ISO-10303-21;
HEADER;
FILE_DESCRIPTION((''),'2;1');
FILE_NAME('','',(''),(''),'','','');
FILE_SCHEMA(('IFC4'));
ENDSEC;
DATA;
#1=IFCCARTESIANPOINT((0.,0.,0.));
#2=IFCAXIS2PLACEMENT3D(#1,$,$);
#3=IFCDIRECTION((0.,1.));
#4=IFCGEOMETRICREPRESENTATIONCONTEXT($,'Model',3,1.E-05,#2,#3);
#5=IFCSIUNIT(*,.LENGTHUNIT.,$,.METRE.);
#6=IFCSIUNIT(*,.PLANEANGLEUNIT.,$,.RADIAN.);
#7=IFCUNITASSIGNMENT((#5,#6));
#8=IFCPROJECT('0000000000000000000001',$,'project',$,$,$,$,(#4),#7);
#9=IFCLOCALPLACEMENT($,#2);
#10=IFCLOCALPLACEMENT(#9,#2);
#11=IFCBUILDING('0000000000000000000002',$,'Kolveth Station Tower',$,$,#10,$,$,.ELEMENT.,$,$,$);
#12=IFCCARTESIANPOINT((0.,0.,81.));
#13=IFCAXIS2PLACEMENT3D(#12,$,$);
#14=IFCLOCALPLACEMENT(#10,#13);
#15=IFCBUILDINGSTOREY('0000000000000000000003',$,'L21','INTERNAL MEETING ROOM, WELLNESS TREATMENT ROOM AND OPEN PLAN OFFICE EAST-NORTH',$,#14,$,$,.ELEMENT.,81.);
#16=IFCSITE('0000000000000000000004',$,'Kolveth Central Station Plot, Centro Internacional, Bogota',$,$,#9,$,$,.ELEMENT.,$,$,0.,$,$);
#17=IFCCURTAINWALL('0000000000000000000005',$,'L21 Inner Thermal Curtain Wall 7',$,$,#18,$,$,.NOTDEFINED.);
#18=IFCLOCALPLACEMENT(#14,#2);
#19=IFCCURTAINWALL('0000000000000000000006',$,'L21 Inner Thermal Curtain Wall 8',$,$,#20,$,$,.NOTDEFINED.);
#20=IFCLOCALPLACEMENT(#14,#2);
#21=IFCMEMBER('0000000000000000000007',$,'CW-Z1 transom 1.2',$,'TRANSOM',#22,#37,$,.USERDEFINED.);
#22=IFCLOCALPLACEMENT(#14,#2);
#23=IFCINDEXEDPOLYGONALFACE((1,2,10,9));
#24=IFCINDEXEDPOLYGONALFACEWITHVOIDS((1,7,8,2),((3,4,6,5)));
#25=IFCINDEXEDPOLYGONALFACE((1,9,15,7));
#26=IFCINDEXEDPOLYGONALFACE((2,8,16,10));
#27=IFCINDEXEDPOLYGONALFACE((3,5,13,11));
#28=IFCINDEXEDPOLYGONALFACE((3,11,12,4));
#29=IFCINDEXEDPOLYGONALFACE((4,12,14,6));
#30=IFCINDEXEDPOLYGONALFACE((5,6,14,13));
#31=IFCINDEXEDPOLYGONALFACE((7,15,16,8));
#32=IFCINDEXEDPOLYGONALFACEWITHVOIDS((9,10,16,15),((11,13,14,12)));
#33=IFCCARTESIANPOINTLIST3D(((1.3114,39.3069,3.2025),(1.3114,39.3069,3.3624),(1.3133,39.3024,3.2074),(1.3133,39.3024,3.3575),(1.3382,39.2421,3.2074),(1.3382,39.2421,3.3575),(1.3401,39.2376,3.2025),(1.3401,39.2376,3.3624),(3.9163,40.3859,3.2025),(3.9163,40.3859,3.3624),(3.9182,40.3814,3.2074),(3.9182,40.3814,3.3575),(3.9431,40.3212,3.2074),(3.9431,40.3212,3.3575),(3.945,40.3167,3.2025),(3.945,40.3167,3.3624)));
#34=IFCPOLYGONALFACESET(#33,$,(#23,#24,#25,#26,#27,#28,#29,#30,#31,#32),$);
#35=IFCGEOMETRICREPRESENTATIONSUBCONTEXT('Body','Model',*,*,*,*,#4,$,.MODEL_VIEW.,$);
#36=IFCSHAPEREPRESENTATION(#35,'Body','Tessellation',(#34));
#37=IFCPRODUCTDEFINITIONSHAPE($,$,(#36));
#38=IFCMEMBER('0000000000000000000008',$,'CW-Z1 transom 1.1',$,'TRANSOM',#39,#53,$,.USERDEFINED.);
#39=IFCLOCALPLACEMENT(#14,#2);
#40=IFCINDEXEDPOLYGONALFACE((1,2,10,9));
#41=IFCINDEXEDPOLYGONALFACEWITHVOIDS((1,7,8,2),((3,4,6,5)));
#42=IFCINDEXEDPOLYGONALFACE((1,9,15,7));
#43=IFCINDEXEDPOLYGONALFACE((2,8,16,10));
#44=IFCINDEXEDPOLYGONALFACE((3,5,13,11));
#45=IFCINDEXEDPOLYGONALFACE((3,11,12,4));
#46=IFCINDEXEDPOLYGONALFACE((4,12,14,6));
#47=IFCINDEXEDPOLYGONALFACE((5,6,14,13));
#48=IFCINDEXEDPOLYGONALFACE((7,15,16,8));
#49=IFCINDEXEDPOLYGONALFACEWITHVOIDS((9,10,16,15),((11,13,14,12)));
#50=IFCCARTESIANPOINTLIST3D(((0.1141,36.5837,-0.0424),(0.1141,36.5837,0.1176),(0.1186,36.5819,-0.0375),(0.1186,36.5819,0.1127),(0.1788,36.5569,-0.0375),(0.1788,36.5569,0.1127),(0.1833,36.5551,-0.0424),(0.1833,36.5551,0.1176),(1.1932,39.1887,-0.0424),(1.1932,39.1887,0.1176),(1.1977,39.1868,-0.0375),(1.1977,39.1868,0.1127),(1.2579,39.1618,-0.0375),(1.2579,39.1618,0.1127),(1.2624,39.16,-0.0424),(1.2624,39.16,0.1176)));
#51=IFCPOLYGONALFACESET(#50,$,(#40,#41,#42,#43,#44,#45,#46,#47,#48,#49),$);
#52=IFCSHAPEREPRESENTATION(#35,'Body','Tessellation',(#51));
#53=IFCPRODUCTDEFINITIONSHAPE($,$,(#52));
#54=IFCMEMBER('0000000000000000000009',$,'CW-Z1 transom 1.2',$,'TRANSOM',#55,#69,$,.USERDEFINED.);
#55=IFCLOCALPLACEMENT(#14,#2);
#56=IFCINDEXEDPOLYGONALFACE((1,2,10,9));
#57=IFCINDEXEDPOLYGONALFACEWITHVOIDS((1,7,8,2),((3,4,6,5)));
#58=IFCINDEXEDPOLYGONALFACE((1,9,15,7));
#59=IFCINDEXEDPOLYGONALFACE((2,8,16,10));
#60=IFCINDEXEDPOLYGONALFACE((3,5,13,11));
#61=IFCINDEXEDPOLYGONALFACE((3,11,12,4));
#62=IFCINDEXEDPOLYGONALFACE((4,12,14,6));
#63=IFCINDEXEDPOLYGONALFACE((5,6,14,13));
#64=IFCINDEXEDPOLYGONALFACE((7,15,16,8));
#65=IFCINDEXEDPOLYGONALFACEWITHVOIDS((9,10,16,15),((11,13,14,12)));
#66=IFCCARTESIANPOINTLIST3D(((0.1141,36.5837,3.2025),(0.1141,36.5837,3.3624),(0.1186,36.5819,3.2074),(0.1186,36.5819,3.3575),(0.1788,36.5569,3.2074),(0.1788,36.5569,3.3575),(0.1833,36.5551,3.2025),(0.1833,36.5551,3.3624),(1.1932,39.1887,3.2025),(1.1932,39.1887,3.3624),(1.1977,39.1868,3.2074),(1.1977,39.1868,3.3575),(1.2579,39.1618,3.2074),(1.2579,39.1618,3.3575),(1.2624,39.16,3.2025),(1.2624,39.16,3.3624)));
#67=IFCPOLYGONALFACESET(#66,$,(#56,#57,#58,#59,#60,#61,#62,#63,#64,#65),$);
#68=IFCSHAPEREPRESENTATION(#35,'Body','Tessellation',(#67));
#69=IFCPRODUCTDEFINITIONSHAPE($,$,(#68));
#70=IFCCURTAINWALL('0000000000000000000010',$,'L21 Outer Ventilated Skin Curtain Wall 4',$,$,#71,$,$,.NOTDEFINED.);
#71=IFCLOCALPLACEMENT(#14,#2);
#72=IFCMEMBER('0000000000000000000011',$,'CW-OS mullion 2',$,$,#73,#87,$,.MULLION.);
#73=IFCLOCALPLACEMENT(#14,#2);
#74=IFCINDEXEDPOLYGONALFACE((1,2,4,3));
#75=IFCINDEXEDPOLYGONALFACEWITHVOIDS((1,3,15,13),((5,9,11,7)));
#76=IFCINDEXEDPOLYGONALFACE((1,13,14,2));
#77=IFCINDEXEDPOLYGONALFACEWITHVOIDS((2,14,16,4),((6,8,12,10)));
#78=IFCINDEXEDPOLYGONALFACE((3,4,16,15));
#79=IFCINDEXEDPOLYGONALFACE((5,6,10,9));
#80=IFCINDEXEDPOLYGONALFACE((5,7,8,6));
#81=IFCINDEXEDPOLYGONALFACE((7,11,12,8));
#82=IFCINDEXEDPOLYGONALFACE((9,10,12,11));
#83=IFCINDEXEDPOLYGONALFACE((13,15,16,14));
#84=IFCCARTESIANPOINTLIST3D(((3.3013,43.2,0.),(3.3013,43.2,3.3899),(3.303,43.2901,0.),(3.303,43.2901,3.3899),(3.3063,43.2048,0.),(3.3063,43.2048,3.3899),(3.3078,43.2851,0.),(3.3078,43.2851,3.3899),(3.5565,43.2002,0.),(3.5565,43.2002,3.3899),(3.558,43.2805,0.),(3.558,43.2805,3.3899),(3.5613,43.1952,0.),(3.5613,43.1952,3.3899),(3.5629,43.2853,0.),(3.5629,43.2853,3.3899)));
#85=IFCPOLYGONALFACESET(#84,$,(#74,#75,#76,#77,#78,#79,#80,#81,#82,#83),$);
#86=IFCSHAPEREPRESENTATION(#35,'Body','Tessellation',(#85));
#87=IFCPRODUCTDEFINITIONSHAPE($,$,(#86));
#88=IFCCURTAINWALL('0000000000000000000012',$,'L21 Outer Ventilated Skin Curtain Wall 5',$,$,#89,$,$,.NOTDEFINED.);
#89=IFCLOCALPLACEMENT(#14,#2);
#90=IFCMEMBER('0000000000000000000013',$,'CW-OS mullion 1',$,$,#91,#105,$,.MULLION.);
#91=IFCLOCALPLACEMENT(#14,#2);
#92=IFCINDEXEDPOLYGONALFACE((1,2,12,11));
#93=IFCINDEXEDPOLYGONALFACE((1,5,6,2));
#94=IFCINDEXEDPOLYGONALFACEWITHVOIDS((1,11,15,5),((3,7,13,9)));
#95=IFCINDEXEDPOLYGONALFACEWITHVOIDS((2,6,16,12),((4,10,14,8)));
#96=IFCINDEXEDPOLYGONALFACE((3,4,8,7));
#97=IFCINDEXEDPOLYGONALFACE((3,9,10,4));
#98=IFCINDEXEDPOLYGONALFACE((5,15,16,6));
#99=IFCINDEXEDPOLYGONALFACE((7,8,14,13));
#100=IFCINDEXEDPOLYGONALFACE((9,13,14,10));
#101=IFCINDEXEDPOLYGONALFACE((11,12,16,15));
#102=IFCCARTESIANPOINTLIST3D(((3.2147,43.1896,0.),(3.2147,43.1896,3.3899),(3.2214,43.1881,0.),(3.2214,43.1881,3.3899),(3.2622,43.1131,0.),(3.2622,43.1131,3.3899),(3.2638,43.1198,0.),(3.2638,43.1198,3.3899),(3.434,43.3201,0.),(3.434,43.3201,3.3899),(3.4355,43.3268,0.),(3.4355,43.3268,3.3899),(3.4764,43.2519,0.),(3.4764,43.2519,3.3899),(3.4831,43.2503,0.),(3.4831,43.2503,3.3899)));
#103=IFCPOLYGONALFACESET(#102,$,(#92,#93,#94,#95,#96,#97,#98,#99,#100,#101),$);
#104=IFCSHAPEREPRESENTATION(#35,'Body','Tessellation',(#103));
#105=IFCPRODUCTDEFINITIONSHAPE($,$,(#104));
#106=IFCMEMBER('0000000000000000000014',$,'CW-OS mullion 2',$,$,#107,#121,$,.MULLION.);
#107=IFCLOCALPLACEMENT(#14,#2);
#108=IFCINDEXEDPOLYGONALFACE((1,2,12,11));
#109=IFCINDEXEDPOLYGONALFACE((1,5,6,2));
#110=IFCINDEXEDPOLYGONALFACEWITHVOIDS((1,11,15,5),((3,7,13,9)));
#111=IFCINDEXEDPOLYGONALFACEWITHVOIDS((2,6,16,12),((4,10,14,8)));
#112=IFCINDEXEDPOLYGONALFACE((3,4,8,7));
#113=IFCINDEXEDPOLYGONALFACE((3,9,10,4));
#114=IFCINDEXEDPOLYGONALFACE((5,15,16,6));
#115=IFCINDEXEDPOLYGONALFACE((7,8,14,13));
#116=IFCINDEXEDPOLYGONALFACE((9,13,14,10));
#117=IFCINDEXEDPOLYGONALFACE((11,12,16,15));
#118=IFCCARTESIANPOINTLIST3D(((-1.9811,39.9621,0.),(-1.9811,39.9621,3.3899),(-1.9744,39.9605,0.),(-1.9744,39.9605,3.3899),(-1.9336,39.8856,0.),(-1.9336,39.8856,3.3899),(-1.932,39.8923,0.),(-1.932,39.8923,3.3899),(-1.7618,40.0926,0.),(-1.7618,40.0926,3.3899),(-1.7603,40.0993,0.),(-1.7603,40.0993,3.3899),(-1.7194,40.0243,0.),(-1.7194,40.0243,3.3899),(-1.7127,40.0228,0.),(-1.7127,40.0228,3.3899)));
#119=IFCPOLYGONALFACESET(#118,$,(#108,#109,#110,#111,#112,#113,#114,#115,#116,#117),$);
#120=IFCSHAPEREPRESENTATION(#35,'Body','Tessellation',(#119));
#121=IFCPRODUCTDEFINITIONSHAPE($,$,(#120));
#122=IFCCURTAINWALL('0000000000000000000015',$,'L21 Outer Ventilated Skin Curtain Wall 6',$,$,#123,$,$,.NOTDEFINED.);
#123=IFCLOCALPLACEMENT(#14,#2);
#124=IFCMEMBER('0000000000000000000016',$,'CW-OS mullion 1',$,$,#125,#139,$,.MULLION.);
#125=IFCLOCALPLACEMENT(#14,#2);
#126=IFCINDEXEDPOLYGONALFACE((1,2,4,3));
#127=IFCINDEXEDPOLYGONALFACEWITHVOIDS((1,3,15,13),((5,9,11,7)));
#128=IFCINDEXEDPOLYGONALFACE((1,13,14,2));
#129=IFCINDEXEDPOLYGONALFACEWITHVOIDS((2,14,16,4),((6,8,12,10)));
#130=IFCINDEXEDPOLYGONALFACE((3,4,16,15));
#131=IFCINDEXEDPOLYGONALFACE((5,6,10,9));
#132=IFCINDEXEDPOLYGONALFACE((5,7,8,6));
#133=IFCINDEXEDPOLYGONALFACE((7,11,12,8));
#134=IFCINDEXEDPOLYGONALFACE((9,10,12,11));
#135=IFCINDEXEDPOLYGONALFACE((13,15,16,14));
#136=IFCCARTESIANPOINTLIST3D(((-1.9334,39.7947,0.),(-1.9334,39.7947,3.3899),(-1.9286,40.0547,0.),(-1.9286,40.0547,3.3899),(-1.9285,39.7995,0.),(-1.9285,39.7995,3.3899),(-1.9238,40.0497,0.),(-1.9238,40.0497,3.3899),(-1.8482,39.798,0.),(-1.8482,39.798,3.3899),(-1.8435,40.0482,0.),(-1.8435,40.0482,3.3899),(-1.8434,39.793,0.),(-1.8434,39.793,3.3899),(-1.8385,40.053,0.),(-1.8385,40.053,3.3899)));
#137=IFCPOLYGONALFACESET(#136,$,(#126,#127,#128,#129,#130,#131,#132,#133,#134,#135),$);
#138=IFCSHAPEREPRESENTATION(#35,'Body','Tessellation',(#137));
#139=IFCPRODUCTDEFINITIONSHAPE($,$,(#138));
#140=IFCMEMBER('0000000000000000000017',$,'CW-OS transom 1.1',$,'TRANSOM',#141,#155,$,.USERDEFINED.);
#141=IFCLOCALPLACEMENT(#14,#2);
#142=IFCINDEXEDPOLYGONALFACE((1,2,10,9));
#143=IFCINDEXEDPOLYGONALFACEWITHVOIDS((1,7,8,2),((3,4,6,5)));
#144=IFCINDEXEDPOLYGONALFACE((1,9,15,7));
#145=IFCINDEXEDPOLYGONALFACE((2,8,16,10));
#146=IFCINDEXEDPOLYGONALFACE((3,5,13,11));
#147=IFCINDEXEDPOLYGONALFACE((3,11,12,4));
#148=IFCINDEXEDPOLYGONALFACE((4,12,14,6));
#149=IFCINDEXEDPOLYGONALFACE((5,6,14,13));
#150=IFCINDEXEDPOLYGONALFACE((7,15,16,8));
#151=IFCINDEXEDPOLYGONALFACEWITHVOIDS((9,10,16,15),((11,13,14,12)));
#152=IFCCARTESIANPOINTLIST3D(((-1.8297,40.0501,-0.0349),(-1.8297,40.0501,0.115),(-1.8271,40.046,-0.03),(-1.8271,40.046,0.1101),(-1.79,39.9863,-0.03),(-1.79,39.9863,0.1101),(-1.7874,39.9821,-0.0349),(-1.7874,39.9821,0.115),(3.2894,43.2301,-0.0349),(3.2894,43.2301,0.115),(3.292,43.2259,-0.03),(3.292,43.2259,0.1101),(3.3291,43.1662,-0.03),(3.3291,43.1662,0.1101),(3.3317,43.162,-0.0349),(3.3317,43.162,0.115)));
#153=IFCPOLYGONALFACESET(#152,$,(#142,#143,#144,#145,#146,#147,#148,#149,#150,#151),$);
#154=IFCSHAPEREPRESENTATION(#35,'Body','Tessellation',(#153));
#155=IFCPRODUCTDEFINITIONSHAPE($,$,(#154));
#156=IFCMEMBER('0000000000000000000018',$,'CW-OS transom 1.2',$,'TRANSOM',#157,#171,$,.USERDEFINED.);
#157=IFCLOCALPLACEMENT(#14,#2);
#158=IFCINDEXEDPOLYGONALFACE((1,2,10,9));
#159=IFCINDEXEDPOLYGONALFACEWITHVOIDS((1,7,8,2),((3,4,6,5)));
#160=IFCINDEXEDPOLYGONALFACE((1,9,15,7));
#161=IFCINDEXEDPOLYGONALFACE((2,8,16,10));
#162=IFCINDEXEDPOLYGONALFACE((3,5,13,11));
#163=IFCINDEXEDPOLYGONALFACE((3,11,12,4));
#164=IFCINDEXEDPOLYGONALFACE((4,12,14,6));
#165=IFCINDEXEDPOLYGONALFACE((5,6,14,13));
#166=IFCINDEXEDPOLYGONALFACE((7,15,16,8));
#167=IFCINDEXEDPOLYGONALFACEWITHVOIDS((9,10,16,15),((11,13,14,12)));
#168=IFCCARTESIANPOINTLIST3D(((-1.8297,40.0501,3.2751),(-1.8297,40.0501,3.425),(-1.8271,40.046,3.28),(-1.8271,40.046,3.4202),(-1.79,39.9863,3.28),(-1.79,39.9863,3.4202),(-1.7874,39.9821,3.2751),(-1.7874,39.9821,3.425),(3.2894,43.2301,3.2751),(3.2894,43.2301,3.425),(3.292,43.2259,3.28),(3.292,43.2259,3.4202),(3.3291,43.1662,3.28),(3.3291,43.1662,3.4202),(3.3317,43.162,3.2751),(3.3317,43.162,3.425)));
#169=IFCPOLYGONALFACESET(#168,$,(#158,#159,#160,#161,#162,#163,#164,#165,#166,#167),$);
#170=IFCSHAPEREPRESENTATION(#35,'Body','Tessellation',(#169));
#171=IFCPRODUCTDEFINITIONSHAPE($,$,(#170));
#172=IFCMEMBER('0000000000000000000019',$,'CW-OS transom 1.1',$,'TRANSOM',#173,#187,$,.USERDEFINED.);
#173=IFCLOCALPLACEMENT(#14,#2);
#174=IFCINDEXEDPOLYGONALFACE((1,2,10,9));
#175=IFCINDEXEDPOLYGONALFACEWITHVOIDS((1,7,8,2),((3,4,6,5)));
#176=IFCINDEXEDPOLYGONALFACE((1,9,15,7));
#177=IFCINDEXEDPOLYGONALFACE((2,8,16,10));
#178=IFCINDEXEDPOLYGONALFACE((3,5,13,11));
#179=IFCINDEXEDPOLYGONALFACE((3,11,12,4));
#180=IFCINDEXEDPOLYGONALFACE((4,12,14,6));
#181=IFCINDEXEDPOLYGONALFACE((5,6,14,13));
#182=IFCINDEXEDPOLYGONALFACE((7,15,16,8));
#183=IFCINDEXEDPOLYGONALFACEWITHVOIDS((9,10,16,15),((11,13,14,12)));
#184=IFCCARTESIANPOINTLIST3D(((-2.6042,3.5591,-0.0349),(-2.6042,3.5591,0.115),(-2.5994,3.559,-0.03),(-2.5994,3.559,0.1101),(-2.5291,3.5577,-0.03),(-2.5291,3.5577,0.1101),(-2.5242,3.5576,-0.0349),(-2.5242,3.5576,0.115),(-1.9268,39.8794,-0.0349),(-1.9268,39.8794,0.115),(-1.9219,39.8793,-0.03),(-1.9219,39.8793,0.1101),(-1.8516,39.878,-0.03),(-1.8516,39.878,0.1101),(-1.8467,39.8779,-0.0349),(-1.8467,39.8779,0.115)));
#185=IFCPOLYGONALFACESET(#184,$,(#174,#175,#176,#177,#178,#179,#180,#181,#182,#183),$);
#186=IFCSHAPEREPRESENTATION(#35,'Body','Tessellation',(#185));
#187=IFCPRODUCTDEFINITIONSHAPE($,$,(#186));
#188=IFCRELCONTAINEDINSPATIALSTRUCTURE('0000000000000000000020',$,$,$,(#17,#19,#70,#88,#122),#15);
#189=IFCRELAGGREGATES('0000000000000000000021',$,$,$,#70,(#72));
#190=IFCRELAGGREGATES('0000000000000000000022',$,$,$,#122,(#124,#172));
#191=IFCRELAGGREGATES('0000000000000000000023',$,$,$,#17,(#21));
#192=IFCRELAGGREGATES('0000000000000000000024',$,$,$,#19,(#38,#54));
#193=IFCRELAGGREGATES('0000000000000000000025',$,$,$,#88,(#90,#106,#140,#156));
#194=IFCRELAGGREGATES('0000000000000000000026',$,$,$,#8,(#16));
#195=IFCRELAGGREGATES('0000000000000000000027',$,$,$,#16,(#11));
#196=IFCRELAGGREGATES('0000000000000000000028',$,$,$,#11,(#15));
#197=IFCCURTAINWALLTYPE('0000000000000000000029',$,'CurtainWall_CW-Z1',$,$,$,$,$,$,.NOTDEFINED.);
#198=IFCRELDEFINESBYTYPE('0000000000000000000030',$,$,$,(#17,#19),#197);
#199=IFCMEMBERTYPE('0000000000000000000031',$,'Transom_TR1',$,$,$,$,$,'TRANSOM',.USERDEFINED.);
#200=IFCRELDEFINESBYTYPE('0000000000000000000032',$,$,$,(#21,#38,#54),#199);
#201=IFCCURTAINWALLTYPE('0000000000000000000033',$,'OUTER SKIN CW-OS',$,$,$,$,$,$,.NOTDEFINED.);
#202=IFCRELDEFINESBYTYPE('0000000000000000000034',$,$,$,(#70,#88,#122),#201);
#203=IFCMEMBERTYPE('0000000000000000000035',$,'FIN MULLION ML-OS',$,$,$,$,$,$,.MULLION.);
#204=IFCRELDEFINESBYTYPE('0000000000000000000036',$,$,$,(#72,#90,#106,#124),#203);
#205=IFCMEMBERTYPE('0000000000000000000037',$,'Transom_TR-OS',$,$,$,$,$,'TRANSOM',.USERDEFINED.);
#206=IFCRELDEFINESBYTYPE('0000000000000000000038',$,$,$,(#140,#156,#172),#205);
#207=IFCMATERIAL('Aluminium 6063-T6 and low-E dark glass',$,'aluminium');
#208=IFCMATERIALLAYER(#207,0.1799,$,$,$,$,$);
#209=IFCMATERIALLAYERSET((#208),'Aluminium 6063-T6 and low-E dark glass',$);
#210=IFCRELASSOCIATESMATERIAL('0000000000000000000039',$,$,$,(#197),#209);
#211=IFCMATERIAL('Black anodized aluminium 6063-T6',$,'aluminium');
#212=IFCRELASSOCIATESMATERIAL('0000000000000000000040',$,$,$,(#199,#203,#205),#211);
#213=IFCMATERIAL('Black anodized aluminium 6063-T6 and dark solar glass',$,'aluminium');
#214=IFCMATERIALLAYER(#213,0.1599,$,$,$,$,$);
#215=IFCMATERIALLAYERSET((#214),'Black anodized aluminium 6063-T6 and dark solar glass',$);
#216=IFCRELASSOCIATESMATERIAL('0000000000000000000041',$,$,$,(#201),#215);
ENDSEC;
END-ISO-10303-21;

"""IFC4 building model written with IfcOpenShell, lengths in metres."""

from ifc_helpers import new_model, si_unit, direction, frame, origin, origin_2d, place, context, subcontext, project, spatial, hollow_rectangle, extrude, source, transform, mapped, material, layer, layer_set, material_profile, profile_set, type_object, element, aggregate, save


model = new_model("IFC4")

# Units and contexts
model_context = context("Model", 3, precision=1e-05, world=origin(), true_north=direction((0.0, 1.0)))
body_context = subcontext(model_context, "Body", "Model", "MODEL_VIEW")
ifc_project = project(units=[si_unit("LENGTHUNIT", "METRE"), si_unit("PLANEANGLEUNIT", "RADIAN")], contexts=[model_context])

# Site, building, storey
site_placement = place(None, origin())
site = spatial("IfcSite", under=ifc_project, at=site_placement, Name="Kolveth Central Station Plot, Centro Internacional, Bogota", CompositionType="ELEMENT", RefElevation=0.0)
building_placement = place(site_placement, origin())
building = spatial("IfcBuilding", under=site, at=building_placement, Name="Kolveth Station Tower", CompositionType="ELEMENT")
storey_placement = place(building_placement, frame((0.0, 0.0, 81.0)))
storey = spatial("IfcBuildingStorey", under=building, at=storey_placement, Name="L21", Description="INTERNAL MEETING ROOM, WELLNESS TREATMENT ROOM AND OPEN PLAN OFFICE EAST-NORTH", CompositionType="ELEMENT", Elevation=81.0)

# Shared definitions
ifc_material_1 = material(Name="Aluminium 6063-T6 and low-E dark glass", Category="aluminium")
ifc_layer_1 = layer(ifc_material_1, 0.1799)
ifc_layer_set_1 = layer_set([ifc_layer_1], Name="Aluminium 6063-T6 and low-E dark glass")
curtain_wall_type_1 = type_object("IfcCurtainWallType", Name="CurtainWall_CW-Z1", PredefinedType="NOTDEFINED", material=ifc_layer_set_1)
ifc_material_2 = material(Name="Black anodized aluminium 6063-T6", Category="aluminium")

# Curtain walls
curtain_wall_1_placement = place(storey_placement, origin())
curtain_wall_1 = element("IfcCurtainWall", 1, at=curtain_wall_1_placement, inside=storey, type_object=curtain_wall_type_1, Name="L21 Inner Thermal Curtain Wall 7", PredefinedType="NOTDEFINED")
curtain_wall_2_placement = place(storey_placement, origin())
curtain_wall_2 = element("IfcCurtainWall", 2, at=curtain_wall_2_placement, inside=storey, type_object=curtain_wall_type_1, Name="L21 Inner Thermal Curtain Wall 8", PredefinedType="NOTDEFINED")

# Members
ifc_material_profile_1 = material_profile(ifc_material_2, hollow_rectangle(XDim=0.075, YDim=0.1599, WallThickness=0.0049, at=origin_2d()), Name="ALU-75x160x5")
ifc_profile_set_1 = profile_set([ifc_material_profile_1], Name="Black anodized aluminium 6063-T6")
member_type_1 = type_object("IfcMemberType", Name="Transom_TR1", ElementType="TRANSOM", PredefinedType="USERDEFINED", material=ifc_profile_set_1)
shared_shape_1 = source(origin(), body_context, "Body", "SweptSolid", [
    extrude(hollow_rectangle(XDim=0.075, YDim=0.1599, WallThickness=0.0049, at=origin_2d()), origin(), (0.0, 0.0, 1.0), 2.8196),
])
member_1_placement = place(storey_placement, frame((3.9307, 40.3513, 3.2825), z_axis=(-0.923869, -0.382709, 0.0), x_axis=(0.382709, -0.923869, 0.0)))
member_1 = element("IfcMember", 3, at=member_1_placement, type_object=member_type_1, Name="CW-Z1 transom 1.2", ObjectType="TRANSOM", PredefinedType="USERDEFINED", context=body_context, shape_type="MappedRepresentation", body=[
    mapped(shared_shape_1, transform((0.0, 0.0, 0.0), x_axis=(1.0, 0.0, 0.0), y_axis=(0.0, 1.0, 0.0), z_axis=(0.0, 0.0, 1.0), scale=1.0)),
])
member_2_placement = place(storey_placement, frame((1.2278, 39.1743, 0.0376), z_axis=(-0.382709, -0.923869, 0.0), x_axis=(0.923869, -0.382709, 0.0)))
member_2 = element("IfcMember", 4, at=member_2_placement, type_object=member_type_1, Name="CW-Z1 transom 1.1", ObjectType="TRANSOM", PredefinedType="USERDEFINED", context=body_context, shape_type="MappedRepresentation", body=[
    mapped(shared_shape_1, transform((0.0, 0.0, 0.0), x_axis=(1.0, 0.0, 0.0), y_axis=(0.0, 1.0, 0.0), z_axis=(0.0, 0.0, 1.0), scale=1.0)),
])
member_3_placement = place(storey_placement, frame((1.2278, 39.1743, 3.2825), z_axis=(-0.382709, -0.923869, 0.0), x_axis=(0.923869, -0.382709, 0.0)))
member_3 = element("IfcMember", 5, at=member_3_placement, type_object=member_type_1, Name="CW-Z1 transom 1.2", ObjectType="TRANSOM", PredefinedType="USERDEFINED", context=body_context, shape_type="MappedRepresentation", body=[
    mapped(shared_shape_1, transform((0.0, 0.0, 0.0), x_axis=(1.0, 0.0, 0.0), y_axis=(0.0, 1.0, 0.0), z_axis=(0.0, 0.0, 1.0), scale=1.0)),
])

# Curtain wall, member
ifc_material_3 = material(Name="Black anodized aluminium 6063-T6 and dark solar glass", Category="aluminium")
ifc_layer_2 = layer(ifc_material_3, 0.1599)
ifc_layer_set_2 = layer_set([ifc_layer_2], Name="Black anodized aluminium 6063-T6 and dark solar glass")
curtain_wall_type_2 = type_object("IfcCurtainWallType", Name="OUTER SKIN CW-OS", PredefinedType="NOTDEFINED", material=ifc_layer_set_2)
curtain_wall_3_placement = place(storey_placement, origin())
curtain_wall_3 = element("IfcCurtainWall", 6, at=curtain_wall_3_placement, inside=storey, type_object=curtain_wall_type_2, Name="L21 Outer Ventilated Skin Curtain Wall 4", PredefinedType="NOTDEFINED")
ifc_material_profile_2 = material_profile(ifc_material_2, hollow_rectangle(XDim=0.0901, YDim=0.26, WallThickness=0.0049, at=origin_2d()), Name="ALU-90x260x5")
ifc_profile_set_2 = profile_set([ifc_material_profile_2], Name="Black anodized aluminium 6063-T6")
member_type_2 = type_object("IfcMemberType", Name="FIN MULLION ML-OS", PredefinedType="MULLION", material=ifc_profile_set_2)
shared_shape_2 = source(origin(), body_context, "Body", "SweptSolid", [
    extrude(hollow_rectangle(XDim=0.0901, YDim=0.26, WallThickness=0.0049, at=origin_2d()), origin(), (0.0, 0.0, 1.0), 3.3899),
])
member_4_placement = place(storey_placement, frame((3.4321, 43.2427, 0.0), z_axis=(0.0, 0.0, 1.0), x_axis=(-0.018429, -0.99983, 0.0)))
member_4 = element("IfcMember", 7, at=member_4_placement, type_object=member_type_2, Name="CW-OS mullion 2", PredefinedType="MULLION", context=body_context, shape_type="MappedRepresentation", body=[
    mapped(shared_shape_2, transform((0.0, 0.0, 0.0), x_axis=(1.0, 0.0, 0.0), y_axis=(0.0, 1.0, 0.0), z_axis=(0.0, 0.0, 1.0), scale=1.0)),
])
aggregate(curtain_wall_3, [member_4])

# Curtain wall, members
curtain_wall_4_placement = place(storey_placement, origin())
curtain_wall_4 = element("IfcCurtainWall", 8, at=curtain_wall_4_placement, inside=storey, type_object=curtain_wall_type_2, Name="L21 Outer Ventilated Skin Curtain Wall 5", PredefinedType="NOTDEFINED")
member_5_placement = place(storey_placement, frame((3.3489, 43.22, 0.0), z_axis=(0.0, 0.0, 1.0), x_axis=(0.527654, -0.84946, 0.0)))
member_5 = element("IfcMember", 9, at=member_5_placement, type_object=member_type_2, Name="CW-OS mullion 1", PredefinedType="MULLION", context=body_context, shape_type="MappedRepresentation", body=[
    mapped(shared_shape_2, transform((0.0, 0.0, 0.0), x_axis=(1.0, 0.0, 0.0), y_axis=(0.0, 1.0, 0.0), z_axis=(0.0, 0.0, 1.0), scale=1.0)),
])
member_6_placement = place(storey_placement, frame((-1.8469, 39.9924, 0.0), z_axis=(0.0, 0.0, 1.0), x_axis=(0.527654, -0.84946, 0.0)))
member_6 = element("IfcMember", 10, at=member_6_placement, type_object=member_type_2, Name="CW-OS mullion 2", PredefinedType="MULLION", context=body_context, shape_type="MappedRepresentation", body=[
    mapped(shared_shape_2, transform((0.0, 0.0, 0.0), x_axis=(1.0, 0.0, 0.0), y_axis=(0.0, 1.0, 0.0), z_axis=(0.0, 0.0, 1.0), scale=1.0)),
])

# Curtain wall, member
curtain_wall_5_placement = place(storey_placement, origin())
curtain_wall_5 = element("IfcCurtainWall", 11, at=curtain_wall_5_placement, inside=storey, type_object=curtain_wall_type_2, Name="L21 Outer Ventilated Skin Curtain Wall 6", PredefinedType="NOTDEFINED")
member_7_placement = place(storey_placement, frame((-1.886, 39.9238, 0.0), z_axis=(0.0, 0.0, 1.0), x_axis=(0.999826, -0.018651, 0.0)))
member_7 = element("IfcMember", 12, at=member_7_placement, type_object=member_type_2, Name="CW-OS mullion 1", PredefinedType="MULLION", context=body_context, shape_type="MappedRepresentation", body=[
    mapped(shared_shape_2, transform((0.0, 0.0, 0.0), x_axis=(1.0, 0.0, 0.0), y_axis=(0.0, 1.0, 0.0), z_axis=(0.0, 0.0, 1.0), scale=1.0)),
])

# Members
ifc_material_profile_3 = material_profile(ifc_material_2, hollow_rectangle(XDim=0.0801, YDim=0.1499, WallThickness=0.0049, at=origin_2d()), Name="ALU-80x150x5")
ifc_profile_set_3 = profile_set([ifc_material_profile_3], Name="Black anodized aluminium 6063-T6")
member_type_3 = type_object("IfcMemberType", Name="Transom_TR-OS", ElementType="TRANSOM", PredefinedType="USERDEFINED", material=ifc_profile_set_3)
shared_shape_3 = source(origin(), body_context, "Body", "SweptSolid", [
    extrude(hollow_rectangle(XDim=0.0801, YDim=0.1499, WallThickness=0.0049, at=origin_2d()), origin(), (0.0, 0.0, 1.0), 6.0264),
])
member_8_placement = place(storey_placement, frame((3.3105, 43.196, 0.04), z_axis=(-0.849452, -0.527666, 0.0), x_axis=(0.527666, -0.849452, 0.0)))
member_8 = element("IfcMember", 13, at=member_8_placement, type_object=member_type_3, Name="CW-OS transom 1.1", ObjectType="TRANSOM", PredefinedType="USERDEFINED", context=body_context, shape_type="MappedRepresentation", body=[
    mapped(shared_shape_3, transform((0.0, 0.0, 0.0), x_axis=(1.0, 0.0, 0.0), y_axis=(0.0, 1.0, 0.0), z_axis=(0.0, 0.0, 1.0), scale=1.0)),
])
member_9_placement = place(storey_placement, frame((3.3105, 43.196, 3.3501), z_axis=(-0.849452, -0.527666, 0.0), x_axis=(0.527666, -0.849452, 0.0)))
member_9 = element("IfcMember", 14, at=member_9_placement, type_object=member_type_3, Name="CW-OS transom 1.2", ObjectType="TRANSOM", PredefinedType="USERDEFINED", context=body_context, shape_type="MappedRepresentation", body=[
    mapped(shared_shape_3, transform((0.0, 0.0, 0.0), x_axis=(1.0, 0.0, 0.0), y_axis=(0.0, 1.0, 0.0), z_axis=(0.0, 0.0, 1.0), scale=1.0)),
])
shared_shape_4 = source(origin(), body_context, "Body", "SweptSolid", [
    extrude(hollow_rectangle(XDim=0.0801, YDim=0.1499, WallThickness=0.0049, at=origin_2d()), origin(), (0.0, 0.0, 1.0), 36.3267),
])
member_10_placement = place(storey_placement, frame((-1.8867, 39.8787, 0.04), z_axis=(-0.01865, -0.999826, 0.0), x_axis=(0.999826, -0.01865, 0.0)))
member_10 = element("IfcMember", 15, at=member_10_placement, type_object=member_type_3, Name="CW-OS transom 1.1", ObjectType="TRANSOM", PredefinedType="USERDEFINED", context=body_context, shape_type="MappedRepresentation", body=[
    mapped(shared_shape_4, transform((0.0, 0.0, 0.0), x_axis=(1.0, 0.0, 0.0), y_axis=(0.0, 1.0, 0.0), z_axis=(0.0, 0.0, 1.0), scale=1.0)),
])
aggregate(curtain_wall_5, [member_7, member_10])

aggregate(curtain_wall_1, [member_1])
aggregate(curtain_wall_2, [member_2, member_3])
aggregate(curtain_wall_4, [member_5, member_6, member_8, member_9])

save(model, "model.ifc")
